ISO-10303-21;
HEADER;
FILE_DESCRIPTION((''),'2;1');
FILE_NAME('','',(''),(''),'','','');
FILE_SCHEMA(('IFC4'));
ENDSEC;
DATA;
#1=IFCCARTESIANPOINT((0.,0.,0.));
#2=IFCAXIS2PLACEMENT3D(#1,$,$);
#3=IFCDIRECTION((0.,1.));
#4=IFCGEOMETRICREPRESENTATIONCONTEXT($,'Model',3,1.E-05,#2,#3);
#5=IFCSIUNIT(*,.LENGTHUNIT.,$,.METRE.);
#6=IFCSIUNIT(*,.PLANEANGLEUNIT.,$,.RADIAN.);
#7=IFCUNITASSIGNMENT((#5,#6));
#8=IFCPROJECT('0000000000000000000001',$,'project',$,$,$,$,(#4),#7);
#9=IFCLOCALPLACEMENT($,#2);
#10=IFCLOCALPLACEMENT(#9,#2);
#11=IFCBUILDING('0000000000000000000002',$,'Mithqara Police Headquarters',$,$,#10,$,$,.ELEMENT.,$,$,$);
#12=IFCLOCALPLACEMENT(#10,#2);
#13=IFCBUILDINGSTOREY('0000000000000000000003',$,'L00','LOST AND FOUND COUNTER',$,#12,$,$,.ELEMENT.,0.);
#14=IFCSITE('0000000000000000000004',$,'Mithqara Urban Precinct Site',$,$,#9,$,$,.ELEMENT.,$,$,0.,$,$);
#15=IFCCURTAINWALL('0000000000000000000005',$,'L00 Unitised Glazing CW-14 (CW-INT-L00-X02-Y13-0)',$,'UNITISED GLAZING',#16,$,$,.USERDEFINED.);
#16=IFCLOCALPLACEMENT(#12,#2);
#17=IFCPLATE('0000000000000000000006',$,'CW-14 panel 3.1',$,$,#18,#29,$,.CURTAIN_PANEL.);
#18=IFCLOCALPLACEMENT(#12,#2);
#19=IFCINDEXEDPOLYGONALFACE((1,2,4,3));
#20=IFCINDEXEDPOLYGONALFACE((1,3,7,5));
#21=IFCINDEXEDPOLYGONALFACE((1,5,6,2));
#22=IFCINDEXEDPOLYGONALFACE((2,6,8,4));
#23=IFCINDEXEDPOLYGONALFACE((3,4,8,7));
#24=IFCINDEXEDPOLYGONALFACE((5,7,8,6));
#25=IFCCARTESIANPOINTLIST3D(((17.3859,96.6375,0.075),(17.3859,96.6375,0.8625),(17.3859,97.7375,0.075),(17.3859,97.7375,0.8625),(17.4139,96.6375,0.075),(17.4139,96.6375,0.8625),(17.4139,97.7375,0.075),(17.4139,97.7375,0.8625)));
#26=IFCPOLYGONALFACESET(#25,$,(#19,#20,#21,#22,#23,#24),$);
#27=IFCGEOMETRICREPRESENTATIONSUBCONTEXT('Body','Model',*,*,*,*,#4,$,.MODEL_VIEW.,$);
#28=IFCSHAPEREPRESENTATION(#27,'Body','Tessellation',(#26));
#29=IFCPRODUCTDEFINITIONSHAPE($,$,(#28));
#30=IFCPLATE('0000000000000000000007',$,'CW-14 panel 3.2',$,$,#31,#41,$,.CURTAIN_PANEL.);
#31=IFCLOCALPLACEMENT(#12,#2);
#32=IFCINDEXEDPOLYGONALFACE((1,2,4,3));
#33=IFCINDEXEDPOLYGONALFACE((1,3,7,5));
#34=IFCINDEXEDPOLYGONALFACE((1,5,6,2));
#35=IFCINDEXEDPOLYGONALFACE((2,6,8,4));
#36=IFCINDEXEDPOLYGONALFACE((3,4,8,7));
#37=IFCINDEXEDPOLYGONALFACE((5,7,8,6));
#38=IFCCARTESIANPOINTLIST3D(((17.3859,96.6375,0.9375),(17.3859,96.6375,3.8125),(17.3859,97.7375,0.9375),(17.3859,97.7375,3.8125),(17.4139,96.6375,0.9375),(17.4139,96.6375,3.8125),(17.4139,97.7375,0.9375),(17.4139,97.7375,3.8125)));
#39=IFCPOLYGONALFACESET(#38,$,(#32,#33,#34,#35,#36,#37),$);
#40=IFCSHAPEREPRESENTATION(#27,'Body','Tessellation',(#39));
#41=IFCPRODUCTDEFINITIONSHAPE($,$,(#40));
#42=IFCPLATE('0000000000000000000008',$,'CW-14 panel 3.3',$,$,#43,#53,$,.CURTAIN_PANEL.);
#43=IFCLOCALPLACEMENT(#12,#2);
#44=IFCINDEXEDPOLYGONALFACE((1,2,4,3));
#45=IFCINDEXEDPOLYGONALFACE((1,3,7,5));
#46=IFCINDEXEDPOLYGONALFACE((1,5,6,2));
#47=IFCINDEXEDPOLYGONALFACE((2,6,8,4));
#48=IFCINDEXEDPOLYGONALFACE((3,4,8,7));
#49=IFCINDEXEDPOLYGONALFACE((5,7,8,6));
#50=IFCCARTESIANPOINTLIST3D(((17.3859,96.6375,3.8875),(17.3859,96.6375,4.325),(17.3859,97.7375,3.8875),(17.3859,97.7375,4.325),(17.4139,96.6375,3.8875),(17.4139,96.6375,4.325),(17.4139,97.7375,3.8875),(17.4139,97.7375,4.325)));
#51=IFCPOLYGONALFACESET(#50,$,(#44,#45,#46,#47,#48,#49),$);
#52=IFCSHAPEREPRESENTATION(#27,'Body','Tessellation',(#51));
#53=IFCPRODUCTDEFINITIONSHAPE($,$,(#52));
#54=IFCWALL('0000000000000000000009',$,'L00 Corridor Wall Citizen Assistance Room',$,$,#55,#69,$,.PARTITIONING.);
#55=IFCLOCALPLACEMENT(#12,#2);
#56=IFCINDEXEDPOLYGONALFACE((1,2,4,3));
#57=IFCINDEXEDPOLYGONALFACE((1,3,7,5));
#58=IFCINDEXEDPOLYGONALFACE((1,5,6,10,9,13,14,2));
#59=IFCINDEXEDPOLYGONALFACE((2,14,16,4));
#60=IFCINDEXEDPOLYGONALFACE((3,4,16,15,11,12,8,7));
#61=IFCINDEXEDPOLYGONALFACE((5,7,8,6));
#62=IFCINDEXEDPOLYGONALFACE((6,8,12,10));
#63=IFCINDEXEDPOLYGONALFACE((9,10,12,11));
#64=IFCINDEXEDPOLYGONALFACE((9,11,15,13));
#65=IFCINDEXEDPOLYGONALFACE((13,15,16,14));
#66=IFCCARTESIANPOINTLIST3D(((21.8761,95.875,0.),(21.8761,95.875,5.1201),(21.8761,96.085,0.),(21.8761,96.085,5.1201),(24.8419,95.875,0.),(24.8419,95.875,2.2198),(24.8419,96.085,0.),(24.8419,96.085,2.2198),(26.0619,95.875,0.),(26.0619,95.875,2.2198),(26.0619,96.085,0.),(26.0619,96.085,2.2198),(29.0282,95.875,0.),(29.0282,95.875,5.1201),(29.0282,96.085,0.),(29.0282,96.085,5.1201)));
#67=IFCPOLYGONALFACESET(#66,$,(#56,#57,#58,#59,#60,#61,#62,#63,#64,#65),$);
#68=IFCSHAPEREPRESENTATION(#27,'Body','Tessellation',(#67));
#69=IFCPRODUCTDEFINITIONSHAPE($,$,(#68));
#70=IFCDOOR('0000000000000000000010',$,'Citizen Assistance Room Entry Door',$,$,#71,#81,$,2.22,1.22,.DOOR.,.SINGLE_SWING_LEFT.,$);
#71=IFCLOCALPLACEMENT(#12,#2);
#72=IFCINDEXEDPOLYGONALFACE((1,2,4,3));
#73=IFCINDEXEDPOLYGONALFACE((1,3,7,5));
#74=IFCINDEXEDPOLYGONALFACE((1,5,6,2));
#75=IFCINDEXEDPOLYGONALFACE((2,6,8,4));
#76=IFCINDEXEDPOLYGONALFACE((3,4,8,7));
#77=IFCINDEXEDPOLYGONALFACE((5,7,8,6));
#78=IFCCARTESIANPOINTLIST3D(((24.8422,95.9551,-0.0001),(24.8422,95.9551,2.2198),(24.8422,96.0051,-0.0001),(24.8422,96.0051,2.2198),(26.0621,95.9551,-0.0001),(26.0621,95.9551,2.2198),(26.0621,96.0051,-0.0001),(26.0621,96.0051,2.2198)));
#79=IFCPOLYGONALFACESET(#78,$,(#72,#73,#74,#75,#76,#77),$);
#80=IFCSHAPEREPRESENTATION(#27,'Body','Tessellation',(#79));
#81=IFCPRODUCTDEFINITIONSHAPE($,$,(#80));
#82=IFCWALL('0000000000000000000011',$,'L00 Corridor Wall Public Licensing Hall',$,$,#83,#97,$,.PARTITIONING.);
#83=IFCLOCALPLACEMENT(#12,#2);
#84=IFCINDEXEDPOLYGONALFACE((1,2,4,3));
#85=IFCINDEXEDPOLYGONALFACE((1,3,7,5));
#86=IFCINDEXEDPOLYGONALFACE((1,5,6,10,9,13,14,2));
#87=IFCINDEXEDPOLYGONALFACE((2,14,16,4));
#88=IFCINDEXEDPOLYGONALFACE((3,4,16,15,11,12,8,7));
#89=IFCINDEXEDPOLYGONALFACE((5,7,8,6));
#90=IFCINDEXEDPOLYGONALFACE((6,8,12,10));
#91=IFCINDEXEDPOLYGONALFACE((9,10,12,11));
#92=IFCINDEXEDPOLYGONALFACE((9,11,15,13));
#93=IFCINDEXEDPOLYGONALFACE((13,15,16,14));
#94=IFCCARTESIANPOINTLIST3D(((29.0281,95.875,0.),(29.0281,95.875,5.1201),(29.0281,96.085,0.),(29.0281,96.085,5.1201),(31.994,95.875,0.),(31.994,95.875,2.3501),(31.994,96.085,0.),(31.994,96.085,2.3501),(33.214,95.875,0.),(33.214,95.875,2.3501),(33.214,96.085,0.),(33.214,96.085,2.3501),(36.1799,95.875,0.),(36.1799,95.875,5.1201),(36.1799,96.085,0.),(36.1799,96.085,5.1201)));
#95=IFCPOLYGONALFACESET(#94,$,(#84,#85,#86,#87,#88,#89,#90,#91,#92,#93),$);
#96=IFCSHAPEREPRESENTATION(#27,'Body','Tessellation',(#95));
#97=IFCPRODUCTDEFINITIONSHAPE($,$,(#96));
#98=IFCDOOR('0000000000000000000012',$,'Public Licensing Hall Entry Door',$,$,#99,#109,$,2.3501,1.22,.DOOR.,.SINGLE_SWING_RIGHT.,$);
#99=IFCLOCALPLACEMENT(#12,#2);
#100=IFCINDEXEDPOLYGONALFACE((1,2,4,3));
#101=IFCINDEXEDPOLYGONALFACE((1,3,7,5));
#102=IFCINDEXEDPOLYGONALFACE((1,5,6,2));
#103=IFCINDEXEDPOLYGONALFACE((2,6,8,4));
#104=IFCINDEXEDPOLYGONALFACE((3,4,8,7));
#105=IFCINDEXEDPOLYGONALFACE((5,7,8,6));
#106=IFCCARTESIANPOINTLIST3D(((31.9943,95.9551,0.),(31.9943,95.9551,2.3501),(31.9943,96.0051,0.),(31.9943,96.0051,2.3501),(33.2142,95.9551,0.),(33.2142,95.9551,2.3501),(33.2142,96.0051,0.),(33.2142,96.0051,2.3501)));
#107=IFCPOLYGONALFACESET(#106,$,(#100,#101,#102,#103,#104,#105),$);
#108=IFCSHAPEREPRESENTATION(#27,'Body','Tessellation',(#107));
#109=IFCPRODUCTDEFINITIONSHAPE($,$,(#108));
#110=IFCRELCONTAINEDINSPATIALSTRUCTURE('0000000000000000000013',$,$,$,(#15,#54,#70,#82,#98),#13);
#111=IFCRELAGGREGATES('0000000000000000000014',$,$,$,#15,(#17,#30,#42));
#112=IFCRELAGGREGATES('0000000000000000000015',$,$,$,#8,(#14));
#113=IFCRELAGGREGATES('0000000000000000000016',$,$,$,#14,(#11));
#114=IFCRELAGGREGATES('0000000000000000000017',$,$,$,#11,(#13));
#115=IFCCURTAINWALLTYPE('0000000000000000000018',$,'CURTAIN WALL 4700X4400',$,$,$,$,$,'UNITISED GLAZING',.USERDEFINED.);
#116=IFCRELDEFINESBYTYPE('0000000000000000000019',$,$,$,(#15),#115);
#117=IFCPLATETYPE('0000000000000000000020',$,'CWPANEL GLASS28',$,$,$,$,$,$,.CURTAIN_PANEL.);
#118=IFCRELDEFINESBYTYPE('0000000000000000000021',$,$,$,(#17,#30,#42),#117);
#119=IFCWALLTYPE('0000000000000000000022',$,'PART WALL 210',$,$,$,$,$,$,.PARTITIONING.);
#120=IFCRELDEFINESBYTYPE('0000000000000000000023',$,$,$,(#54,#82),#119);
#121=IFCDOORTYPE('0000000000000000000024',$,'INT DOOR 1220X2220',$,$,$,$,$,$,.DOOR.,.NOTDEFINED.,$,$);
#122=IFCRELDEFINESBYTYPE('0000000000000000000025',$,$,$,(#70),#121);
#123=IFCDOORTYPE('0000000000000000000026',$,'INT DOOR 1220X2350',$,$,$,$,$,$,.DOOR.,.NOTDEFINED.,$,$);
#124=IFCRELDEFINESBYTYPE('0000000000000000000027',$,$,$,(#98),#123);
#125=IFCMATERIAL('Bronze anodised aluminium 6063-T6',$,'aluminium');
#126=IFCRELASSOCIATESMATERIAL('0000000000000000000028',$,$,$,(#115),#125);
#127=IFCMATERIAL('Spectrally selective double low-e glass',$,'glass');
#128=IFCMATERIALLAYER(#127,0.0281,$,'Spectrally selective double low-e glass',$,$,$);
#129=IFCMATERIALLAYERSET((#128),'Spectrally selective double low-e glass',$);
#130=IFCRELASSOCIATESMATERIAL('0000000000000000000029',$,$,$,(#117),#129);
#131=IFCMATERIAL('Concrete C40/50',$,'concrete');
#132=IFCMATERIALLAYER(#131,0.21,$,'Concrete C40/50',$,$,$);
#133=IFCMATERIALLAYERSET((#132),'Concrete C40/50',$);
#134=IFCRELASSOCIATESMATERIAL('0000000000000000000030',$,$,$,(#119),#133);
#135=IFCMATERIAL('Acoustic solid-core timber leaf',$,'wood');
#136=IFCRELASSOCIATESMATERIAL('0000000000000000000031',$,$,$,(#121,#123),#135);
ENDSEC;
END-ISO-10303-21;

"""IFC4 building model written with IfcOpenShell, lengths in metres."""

from ifc_helpers import new_model, si_unit, direction, frame, frame_2d, origin, origin_2d, place, context, subcontext, project, spatial, rectangle, extrude, material, layer, layer_set, type_object, element, fill, aggregate, save


model = new_model("IFC4")

# Units and contexts
model_context = context("Model", 3, precision=1e-05, world=origin(), true_north=direction((0.0, 1.0)))
body_context = subcontext(model_context, "Body", "Model", "MODEL_VIEW")
ifc_project = project(units=[si_unit("LENGTHUNIT", "METRE"), si_unit("PLANEANGLEUNIT", "RADIAN")], contexts=[model_context])

# Site, building, storey
site_placement = place(None, origin())
site = spatial("IfcSite", under=ifc_project, at=site_placement, Name="Mithqara Urban Precinct Site", CompositionType="ELEMENT", RefElevation=0.0)
building_placement = place(site_placement, origin())
building = spatial("IfcBuilding", under=site, at=building_placement, Name="Mithqara Police Headquarters", CompositionType="ELEMENT")
storey_placement = place(building_placement, origin())
storey = spatial("IfcBuildingStorey", under=building, at=storey_placement, Name="L00", Description="LOST AND FOUND COUNTER", CompositionType="ELEMENT", Elevation=0.0)

# Shared definitions
ifc_material_1 = material(Name="Concrete C40/50", Category="concrete")

# Curtain wall, plates
ifc_material_2 = material(Name="Bronze anodised aluminium 6063-T6", Category="aluminium")
curtain_wall_type = type_object("IfcCurtainWallType", Name="CURTAIN WALL 4700X4400", ElementType="UNITISED GLAZING", PredefinedType="USERDEFINED", material=ifc_material_2)
curtain_wall_placement = place(storey_placement, origin())
curtain_wall = element("IfcCurtainWall", 1, at=curtain_wall_placement, inside=storey, type_object=curtain_wall_type, Name="L00 Unitised Glazing CW-14 (CW-INT-L00-X02-Y13-0)", ObjectType="UNITISED GLAZING", PredefinedType="USERDEFINED")
ifc_material_3 = material(Name="Spectrally selective double low-e glass", Category="glass")
ifc_layer_1 = layer(ifc_material_3, 0.0281, Name="Spectrally selective double low-e glass")
ifc_layer_set_1 = layer_set([ifc_layer_1], Name="Spectrally selective double low-e glass")
plate_type = type_object("IfcPlateType", Name="CWPANEL GLASS28", PredefinedType="CURTAIN_PANEL", material=ifc_layer_set_1)
plate_1_placement = place(storey_placement, frame((17.3999, 97.1875, 0.075), z_axis=(0.0, 0.0, 1.0), x_axis=(0.0, 1.0, 0.0)))
plate_1 = element("IfcPlate", 2, at=plate_1_placement, type_object=plate_type, Name="CW-14 panel 3.1", PredefinedType="CURTAIN_PANEL", context=body_context, shape_type="SweptSolid", body=[
    extrude(rectangle(XDim=1.1001, YDim=0.0281, at=origin_2d()), origin(), (0.0, 0.0, 1.0), 0.7876),
])
plate_2_placement = place(storey_placement, frame((17.3999, 97.1875, 0.9375), z_axis=(0.0, 0.0, 1.0), x_axis=(0.0, 1.0, 0.0)))
plate_2 = element("IfcPlate", 3, at=plate_2_placement, type_object=plate_type, Name="CW-14 panel 3.2", PredefinedType="CURTAIN_PANEL", context=body_context, shape_type="SweptSolid", body=[
    extrude(rectangle(XDim=1.1001, YDim=0.0281, at=origin_2d()), origin(), (0.0, 0.0, 1.0), 2.875),
])
plate_3_placement = place(storey_placement, frame((17.3999, 97.1875, 3.8875), z_axis=(0.0, 0.0, 1.0), x_axis=(0.0, 1.0, 0.0)))
plate_3 = element("IfcPlate", 4, at=plate_3_placement, type_object=plate_type, Name="CW-14 panel 3.3", PredefinedType="CURTAIN_PANEL", context=body_context, shape_type="SweptSolid", body=[
    extrude(rectangle(XDim=1.1001, YDim=0.0281, at=origin_2d()), origin(), (0.0, 0.0, 1.0), 0.4375),
])
aggregate(curtain_wall, [plate_1, plate_2, plate_3])

# Walls, openings, doors
ifc_layer_2 = layer(ifc_material_1, 0.21, Name="Concrete C40/50")
ifc_layer_set_2 = layer_set([ifc_layer_2], Name="Concrete C40/50")
wall_type = type_object("IfcWallType", Name="PART WALL 210", PredefinedType="PARTITIONING", material=ifc_layer_set_2)
wall_1_placement = place(storey_placement, frame((21.876, 95.98, 0.0), z_axis=(0.0, 0.0, 1.0), x_axis=(1.0, 0.0, 0.0)))
wall_1 = element("IfcWall", 5, at=wall_1_placement, inside=storey, type_object=wall_type, Name="L00 Corridor Wall Citizen Assistance Room", PredefinedType="PARTITIONING", context=body_context, shape_type="SweptSolid", body=[
    extrude(rectangle(XDim=7.1521, YDim=0.21, at=frame_2d((3.5762, 0.0))), origin(), (0.0, 0.0, 1.0), 5.1201),
])
opening_1_placement = place(wall_1_placement, frame((2.9661, 0.0, 0.0)))
opening_1 = element("IfcOpeningElement", 6, at=opening_1_placement, cuts=wall_1, PredefinedType="OPENING", context=body_context, shape_type="SweptSolid", body=[
    extrude(rectangle(XDim=1.22, YDim=2.22, at=frame_2d((0.6099, 1.1099))), frame((0.0, 0.115, 0.0), z_axis=(0.0, -1.0, 0.0), x_axis=(1.0, 0.0, 0.0)), (0.0, 0.0, 1.0), 0.23),
])
ifc_material_4 = material(Name="Acoustic solid-core timber leaf", Category="wood")
door_type_1 = type_object("IfcDoorType", Name="INT DOOR 1220X2220", OperationType="NOTDEFINED", PredefinedType="DOOR", material=ifc_material_4)
door_1_placement = place(opening_1_placement, frame((1.22, 0.0, 0.0), z_axis=(0.0, 0.0, 1.0), x_axis=(-1.0, 0.0, 0.0)))
door_1 = element("IfcDoor", 7, at=door_1_placement, inside=storey, type_object=door_type_1, Name="Citizen Assistance Room Entry Door", OperationType="SINGLE_SWING_LEFT", OverallHeight=2.22, OverallWidth=1.22, PredefinedType="DOOR", context=body_context, shape_type="SweptSolid", body=[
    extrude(rectangle(XDim=1.22, YDim=2.22, at=frame_2d((0.6099, 1.1099))), frame((0.0, 0.0249, 0.0), z_axis=(0.0, -1.0, 0.0), x_axis=(1.0, 0.0, 0.0)), (0.0, 0.0, 1.0), 0.05),
])
fill(opening_1, door_1)
wall_2_placement = place(storey_placement, frame((29.0281, 95.98, 0.0), z_axis=(0.0, 0.0, 1.0), x_axis=(1.0, 0.0, 0.0)))
wall_2 = element("IfcWall", 8, at=wall_2_placement, inside=storey, type_object=wall_type, Name="L00 Corridor Wall Public Licensing Hall", PredefinedType="PARTITIONING", context=body_context, shape_type="SweptSolid", body=[
    extrude(rectangle(XDim=7.1519, YDim=0.21, at=frame_2d((3.5759, 0.0))), origin(), (0.0, 0.0, 1.0), 5.1201),
])
opening_2_placement = place(wall_2_placement, frame((2.9661, 0.0, 0.0)))
opening_2 = element("IfcOpeningElement", 9, at=opening_2_placement, cuts=wall_2, PredefinedType="OPENING", context=body_context, shape_type="SweptSolid", body=[
    extrude(rectangle(XDim=1.22, YDim=2.3501, at=frame_2d((0.6099, 1.175))), frame((0.0, 0.115, 0.0), z_axis=(0.0, -1.0, 0.0), x_axis=(1.0, 0.0, 0.0)), (0.0, 0.0, 1.0), 0.23),
])
door_type_2 = type_object("IfcDoorType", Name="INT DOOR 1220X2350", OperationType="NOTDEFINED", PredefinedType="DOOR", material=ifc_material_4)
door_2_placement = place(opening_2_placement, frame((1.22, 0.0, 0.0), z_axis=(0.0, 0.0, 1.0), x_axis=(-1.0, 0.0, 0.0)))
door_2 = element("IfcDoor", 10, at=door_2_placement, inside=storey, type_object=door_type_2, Name="Public Licensing Hall Entry Door", OperationType="SINGLE_SWING_RIGHT", OverallHeight=2.3501, OverallWidth=1.22, PredefinedType="DOOR", context=body_context, shape_type="SweptSolid", body=[
    extrude(rectangle(XDim=1.22, YDim=2.3501, at=frame_2d((0.6099, 1.175))), frame((0.0, 0.0249, 0.0), z_axis=(0.0, -1.0, 0.0), x_axis=(1.0, 0.0, 0.0)), (0.0, 0.0, 1.0), 0.05),
])
fill(opening_2, door_2)

save(model, "model.ifc")
